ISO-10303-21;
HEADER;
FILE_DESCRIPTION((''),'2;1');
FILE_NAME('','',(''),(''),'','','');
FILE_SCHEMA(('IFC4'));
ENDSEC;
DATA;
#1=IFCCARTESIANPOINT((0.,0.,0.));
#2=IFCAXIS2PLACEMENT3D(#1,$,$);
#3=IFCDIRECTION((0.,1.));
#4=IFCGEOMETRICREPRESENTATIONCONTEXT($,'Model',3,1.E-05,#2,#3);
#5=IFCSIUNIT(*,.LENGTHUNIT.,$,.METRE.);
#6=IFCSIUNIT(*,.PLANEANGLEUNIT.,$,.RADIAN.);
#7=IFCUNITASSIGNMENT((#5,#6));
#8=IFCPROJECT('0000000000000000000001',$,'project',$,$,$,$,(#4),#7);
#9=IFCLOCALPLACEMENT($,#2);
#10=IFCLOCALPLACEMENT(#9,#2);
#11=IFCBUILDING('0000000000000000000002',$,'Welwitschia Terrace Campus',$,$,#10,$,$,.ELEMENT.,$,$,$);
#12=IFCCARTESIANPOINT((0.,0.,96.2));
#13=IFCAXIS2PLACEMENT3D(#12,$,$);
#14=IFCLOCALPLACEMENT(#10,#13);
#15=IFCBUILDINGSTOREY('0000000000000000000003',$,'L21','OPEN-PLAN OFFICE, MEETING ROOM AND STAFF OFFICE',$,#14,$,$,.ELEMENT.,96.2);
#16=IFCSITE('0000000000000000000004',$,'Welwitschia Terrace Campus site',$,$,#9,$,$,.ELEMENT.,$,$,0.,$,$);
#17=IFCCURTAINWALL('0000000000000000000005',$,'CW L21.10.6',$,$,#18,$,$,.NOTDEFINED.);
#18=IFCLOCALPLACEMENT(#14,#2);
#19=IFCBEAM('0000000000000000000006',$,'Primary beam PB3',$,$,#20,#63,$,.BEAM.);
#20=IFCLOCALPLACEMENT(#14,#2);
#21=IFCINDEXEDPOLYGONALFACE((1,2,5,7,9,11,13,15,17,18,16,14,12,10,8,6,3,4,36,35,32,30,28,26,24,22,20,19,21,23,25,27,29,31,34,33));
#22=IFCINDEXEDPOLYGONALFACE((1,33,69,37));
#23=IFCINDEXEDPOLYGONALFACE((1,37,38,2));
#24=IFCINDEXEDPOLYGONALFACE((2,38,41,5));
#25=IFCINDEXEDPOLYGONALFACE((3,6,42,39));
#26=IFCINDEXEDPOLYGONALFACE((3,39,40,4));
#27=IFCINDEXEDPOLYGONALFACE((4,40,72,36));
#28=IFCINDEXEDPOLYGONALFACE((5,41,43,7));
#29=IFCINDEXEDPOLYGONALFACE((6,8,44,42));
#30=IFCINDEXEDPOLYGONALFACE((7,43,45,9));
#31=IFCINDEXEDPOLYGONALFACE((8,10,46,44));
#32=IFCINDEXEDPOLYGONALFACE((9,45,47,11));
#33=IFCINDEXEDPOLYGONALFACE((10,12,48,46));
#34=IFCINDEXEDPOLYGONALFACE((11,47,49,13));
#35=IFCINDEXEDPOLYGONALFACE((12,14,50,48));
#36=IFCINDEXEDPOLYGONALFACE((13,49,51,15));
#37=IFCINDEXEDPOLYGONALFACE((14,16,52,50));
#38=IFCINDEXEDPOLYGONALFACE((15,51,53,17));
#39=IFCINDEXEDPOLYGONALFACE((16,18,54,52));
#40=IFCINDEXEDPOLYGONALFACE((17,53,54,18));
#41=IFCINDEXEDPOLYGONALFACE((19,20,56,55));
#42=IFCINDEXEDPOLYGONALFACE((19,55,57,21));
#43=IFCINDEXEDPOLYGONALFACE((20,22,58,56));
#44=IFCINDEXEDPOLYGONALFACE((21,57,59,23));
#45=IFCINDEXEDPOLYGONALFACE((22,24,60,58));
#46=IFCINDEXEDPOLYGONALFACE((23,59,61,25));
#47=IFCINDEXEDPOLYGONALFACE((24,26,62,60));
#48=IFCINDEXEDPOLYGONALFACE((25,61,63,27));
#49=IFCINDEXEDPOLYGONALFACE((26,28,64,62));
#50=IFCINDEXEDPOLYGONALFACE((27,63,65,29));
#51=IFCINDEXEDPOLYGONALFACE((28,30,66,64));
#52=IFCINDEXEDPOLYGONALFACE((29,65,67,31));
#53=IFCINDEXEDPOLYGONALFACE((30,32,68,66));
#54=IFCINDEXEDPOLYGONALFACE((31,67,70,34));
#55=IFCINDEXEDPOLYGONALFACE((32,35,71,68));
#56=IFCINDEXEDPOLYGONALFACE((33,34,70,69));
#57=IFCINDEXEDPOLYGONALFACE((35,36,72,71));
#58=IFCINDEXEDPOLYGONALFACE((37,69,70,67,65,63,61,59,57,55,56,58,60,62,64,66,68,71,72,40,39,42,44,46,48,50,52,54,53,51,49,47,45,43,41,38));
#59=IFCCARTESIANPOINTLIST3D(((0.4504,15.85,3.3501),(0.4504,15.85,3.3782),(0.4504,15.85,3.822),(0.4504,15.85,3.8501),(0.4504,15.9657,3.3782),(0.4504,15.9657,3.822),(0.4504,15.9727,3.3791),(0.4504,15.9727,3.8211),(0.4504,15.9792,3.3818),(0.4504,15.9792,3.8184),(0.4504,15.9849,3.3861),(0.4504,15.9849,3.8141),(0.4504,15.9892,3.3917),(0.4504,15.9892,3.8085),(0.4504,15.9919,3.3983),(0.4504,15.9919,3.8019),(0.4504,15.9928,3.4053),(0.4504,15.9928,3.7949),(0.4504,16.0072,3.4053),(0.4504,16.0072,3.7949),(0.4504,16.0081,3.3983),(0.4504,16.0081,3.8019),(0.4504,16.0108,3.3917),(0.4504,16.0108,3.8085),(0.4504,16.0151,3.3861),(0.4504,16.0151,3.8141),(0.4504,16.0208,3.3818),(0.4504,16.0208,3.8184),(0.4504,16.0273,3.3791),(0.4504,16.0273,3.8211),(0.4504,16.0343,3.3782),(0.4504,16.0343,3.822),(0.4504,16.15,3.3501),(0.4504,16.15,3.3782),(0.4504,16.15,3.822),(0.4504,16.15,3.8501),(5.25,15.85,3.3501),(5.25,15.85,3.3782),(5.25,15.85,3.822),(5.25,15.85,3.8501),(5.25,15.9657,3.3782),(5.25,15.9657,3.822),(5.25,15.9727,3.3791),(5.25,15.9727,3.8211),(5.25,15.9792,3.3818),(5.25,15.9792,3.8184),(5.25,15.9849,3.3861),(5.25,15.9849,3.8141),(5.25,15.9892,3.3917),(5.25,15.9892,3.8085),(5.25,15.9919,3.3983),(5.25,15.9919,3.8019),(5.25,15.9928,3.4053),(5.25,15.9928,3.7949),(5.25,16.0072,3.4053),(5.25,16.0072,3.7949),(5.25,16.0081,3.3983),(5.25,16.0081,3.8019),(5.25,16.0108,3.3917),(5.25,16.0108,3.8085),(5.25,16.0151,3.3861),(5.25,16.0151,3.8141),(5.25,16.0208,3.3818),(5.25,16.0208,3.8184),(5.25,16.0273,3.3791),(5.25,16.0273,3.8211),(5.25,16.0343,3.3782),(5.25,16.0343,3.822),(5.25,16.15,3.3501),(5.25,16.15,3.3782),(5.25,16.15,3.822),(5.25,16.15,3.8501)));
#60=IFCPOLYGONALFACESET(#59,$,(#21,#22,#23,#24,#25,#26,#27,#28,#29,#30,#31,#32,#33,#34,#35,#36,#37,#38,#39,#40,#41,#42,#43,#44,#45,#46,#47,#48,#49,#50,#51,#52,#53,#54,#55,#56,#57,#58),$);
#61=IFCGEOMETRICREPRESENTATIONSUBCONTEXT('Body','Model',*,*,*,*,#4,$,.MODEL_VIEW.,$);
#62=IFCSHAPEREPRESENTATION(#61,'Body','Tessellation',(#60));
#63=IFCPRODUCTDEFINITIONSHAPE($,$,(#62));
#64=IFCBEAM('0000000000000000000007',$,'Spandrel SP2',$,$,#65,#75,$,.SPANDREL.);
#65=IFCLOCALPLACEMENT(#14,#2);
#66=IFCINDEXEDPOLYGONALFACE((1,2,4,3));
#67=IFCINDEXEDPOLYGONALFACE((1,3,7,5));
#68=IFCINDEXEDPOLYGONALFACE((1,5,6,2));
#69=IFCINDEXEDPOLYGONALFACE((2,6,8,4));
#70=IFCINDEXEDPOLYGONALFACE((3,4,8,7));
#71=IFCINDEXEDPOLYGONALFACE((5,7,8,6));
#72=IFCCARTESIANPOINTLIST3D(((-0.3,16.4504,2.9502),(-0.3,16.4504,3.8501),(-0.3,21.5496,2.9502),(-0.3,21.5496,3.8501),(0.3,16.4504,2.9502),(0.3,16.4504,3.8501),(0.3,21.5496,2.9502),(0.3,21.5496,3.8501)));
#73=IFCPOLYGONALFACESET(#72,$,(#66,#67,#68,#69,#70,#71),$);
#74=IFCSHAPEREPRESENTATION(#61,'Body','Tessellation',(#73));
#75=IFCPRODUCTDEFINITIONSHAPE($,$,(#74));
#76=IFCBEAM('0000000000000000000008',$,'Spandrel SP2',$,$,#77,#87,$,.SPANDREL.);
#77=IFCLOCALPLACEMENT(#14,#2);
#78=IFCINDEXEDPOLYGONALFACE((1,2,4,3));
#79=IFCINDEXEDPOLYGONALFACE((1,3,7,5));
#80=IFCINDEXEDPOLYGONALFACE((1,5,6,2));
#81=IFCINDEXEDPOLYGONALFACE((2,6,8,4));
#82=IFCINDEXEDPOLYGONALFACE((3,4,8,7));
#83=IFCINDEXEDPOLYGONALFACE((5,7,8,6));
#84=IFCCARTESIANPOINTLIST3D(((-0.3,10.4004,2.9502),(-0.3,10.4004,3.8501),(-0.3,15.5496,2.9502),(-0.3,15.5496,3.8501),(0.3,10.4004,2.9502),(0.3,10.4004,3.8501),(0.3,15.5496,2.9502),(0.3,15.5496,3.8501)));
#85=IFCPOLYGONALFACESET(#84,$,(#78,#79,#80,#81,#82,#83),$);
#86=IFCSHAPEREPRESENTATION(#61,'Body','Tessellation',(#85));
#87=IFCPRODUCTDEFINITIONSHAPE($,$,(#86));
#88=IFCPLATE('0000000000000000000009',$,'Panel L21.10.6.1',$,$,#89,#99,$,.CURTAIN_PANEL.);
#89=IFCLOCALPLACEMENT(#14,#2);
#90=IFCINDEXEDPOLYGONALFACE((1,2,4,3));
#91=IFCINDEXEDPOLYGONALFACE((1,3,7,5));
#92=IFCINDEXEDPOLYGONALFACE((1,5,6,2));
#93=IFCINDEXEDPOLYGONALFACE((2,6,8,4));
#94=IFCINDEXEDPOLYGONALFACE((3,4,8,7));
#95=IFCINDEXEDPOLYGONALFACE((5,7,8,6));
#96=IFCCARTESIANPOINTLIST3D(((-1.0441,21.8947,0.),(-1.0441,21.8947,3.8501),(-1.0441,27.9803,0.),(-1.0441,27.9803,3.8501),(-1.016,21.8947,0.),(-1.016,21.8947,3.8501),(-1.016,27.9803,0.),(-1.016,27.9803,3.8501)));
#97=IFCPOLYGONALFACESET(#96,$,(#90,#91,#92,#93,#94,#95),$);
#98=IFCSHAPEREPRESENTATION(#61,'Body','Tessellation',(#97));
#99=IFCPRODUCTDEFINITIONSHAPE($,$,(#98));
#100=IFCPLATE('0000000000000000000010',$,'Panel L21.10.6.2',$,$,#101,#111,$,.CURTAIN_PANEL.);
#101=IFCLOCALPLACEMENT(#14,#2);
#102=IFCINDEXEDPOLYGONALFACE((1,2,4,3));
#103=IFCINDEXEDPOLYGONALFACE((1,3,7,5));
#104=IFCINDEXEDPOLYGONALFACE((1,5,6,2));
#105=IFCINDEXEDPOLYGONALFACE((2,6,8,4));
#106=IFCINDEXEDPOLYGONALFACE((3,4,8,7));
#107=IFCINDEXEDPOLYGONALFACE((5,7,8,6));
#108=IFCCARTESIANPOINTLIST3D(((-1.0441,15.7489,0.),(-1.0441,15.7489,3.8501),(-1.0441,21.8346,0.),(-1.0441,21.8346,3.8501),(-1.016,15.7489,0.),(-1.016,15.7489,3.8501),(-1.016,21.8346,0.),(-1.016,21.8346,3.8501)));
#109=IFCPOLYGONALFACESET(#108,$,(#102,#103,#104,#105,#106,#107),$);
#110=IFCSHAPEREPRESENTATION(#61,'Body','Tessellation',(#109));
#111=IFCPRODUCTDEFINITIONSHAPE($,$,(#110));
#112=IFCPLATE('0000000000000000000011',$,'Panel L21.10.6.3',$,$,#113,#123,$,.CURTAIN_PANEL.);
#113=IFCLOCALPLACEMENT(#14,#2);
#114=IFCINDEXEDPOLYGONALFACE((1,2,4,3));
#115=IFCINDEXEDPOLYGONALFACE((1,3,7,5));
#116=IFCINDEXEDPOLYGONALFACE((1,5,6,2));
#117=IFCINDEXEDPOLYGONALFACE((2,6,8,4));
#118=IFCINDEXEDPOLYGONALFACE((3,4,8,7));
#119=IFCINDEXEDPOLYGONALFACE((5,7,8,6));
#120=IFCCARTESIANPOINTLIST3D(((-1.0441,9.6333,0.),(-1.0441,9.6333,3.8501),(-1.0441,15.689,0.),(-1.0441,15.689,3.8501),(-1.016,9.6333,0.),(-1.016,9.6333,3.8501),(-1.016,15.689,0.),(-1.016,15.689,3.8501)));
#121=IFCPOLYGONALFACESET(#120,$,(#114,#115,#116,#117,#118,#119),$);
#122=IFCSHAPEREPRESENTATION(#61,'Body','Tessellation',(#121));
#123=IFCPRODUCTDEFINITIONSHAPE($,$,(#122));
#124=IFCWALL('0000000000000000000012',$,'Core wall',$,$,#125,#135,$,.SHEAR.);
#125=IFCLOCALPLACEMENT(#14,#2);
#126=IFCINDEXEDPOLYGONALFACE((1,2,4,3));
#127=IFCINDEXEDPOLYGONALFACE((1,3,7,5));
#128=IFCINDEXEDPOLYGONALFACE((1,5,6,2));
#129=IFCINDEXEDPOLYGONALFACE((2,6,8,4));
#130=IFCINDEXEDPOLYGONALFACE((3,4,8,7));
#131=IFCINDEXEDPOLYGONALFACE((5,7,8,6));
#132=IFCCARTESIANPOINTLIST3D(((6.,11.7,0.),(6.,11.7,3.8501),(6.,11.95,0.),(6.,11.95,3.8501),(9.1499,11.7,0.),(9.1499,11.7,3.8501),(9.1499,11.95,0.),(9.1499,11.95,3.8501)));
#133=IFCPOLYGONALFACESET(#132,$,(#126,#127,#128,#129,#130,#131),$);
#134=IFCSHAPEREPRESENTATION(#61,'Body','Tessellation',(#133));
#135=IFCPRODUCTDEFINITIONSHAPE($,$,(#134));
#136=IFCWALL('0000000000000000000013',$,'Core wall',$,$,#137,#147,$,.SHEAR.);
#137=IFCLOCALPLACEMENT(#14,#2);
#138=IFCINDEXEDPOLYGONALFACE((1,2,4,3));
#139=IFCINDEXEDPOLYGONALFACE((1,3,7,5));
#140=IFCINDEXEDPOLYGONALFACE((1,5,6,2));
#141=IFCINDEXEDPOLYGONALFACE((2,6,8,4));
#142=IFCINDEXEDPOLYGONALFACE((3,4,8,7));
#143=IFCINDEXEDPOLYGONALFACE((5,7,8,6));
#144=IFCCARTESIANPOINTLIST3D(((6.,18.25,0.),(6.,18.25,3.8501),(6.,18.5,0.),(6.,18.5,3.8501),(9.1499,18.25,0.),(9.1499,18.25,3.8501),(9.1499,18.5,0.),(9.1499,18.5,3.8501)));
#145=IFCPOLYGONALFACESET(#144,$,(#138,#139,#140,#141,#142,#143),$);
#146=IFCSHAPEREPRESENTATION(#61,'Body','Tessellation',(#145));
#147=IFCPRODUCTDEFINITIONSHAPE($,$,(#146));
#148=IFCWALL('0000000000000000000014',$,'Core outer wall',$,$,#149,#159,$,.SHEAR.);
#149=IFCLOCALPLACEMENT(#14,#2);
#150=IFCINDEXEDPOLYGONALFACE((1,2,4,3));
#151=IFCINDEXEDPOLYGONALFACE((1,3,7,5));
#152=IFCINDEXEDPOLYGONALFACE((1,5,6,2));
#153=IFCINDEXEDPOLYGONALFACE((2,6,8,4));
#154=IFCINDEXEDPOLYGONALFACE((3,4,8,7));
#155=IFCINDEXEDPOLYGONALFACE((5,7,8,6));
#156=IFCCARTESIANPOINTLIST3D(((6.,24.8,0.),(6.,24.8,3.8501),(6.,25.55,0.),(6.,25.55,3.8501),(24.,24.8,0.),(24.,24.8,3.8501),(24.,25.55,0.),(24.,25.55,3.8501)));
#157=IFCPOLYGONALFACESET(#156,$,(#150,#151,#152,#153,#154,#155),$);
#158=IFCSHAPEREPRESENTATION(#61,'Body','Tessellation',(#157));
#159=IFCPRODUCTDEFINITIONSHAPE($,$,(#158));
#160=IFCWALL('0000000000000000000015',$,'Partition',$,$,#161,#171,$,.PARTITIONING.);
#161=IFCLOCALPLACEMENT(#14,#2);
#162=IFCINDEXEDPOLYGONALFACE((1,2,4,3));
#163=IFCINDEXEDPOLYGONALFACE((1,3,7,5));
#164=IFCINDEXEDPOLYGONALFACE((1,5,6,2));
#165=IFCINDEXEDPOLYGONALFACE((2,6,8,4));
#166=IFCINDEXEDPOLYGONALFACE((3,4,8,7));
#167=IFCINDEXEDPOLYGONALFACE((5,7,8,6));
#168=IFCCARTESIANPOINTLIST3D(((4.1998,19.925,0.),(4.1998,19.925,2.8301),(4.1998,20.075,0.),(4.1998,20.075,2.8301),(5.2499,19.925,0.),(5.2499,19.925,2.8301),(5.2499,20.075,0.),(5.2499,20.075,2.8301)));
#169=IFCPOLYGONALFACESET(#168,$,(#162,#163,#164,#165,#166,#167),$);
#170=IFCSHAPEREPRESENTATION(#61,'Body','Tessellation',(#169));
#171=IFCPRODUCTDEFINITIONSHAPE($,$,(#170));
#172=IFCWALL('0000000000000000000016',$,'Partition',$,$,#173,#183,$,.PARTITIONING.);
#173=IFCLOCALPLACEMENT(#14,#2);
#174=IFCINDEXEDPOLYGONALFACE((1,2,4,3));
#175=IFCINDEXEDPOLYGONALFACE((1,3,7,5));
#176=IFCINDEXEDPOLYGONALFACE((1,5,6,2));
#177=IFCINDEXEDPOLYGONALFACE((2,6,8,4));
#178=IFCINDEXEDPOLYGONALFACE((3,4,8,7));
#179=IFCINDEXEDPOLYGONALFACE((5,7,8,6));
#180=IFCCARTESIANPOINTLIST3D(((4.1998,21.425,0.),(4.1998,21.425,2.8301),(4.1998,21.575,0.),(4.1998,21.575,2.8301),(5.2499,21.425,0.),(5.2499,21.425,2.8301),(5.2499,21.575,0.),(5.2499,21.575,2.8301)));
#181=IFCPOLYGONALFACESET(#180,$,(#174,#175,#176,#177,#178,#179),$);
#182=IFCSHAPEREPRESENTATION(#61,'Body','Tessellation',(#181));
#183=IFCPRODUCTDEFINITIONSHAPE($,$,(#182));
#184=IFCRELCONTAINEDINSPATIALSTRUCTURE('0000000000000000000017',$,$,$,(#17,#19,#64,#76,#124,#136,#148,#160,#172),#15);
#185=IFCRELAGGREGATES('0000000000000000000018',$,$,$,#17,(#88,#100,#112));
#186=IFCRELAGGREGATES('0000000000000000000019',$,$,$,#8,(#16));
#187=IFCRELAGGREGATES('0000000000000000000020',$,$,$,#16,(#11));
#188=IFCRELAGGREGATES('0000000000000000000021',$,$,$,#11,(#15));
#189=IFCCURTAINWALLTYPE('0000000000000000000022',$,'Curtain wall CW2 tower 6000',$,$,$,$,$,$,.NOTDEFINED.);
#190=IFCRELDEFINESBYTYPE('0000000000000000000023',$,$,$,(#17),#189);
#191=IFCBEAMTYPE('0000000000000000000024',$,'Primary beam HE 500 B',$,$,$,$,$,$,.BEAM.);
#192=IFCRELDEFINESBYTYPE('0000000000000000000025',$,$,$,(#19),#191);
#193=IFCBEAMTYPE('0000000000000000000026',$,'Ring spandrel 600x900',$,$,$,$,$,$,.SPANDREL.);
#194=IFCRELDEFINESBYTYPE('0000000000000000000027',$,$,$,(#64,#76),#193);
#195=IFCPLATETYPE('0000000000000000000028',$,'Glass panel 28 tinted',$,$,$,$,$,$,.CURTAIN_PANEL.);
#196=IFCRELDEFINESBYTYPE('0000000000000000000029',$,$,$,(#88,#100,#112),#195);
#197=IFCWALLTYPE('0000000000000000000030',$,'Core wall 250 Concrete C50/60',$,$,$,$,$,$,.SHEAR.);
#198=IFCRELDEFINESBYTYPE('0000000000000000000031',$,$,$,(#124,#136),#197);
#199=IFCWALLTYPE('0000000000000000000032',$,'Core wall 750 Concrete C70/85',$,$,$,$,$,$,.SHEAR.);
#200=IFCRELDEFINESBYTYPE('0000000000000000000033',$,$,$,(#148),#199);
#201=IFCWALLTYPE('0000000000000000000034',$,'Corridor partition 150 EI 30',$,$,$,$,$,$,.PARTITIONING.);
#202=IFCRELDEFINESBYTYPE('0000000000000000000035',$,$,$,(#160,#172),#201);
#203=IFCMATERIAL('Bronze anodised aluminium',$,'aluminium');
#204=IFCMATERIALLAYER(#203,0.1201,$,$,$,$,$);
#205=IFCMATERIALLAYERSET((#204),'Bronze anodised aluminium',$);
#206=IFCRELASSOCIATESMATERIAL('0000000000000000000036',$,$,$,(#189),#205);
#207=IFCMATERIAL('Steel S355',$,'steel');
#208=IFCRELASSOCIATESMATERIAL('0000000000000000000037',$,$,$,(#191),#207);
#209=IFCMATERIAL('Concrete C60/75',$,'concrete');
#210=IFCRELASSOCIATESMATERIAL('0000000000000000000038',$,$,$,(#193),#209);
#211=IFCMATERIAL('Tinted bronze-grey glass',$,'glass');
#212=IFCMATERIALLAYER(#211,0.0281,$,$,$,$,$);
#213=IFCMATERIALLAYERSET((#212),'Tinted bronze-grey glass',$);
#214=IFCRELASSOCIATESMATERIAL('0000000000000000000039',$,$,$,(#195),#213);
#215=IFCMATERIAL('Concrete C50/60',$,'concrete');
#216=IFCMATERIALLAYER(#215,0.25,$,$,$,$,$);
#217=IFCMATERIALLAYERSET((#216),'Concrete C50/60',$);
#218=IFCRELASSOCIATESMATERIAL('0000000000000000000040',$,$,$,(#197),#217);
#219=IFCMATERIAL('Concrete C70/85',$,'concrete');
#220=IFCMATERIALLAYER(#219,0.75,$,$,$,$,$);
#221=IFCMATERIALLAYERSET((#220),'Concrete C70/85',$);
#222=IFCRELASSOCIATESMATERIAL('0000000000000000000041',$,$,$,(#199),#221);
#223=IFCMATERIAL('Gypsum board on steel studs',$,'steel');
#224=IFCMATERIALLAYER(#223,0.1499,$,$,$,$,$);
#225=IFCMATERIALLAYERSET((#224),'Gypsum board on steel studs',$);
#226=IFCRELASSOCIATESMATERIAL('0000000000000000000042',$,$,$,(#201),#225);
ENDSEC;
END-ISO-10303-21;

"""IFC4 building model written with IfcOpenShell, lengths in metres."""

from ifc_helpers import new_model, si_unit, direction, frame, frame_2d, origin, origin_2d, place, context, subcontext, project, spatial, rectangle, i_section, extrude, material, layer, layer_set, material_profile, profile_set, type_object, element, aggregate, save


model = new_model("IFC4")

# Units and contexts
model_context = context("Model", 3, precision=1e-05, world=origin(), true_north=direction((0.0, 1.0)))
body_context = subcontext(model_context, "Body", "Model", "MODEL_VIEW")
ifc_project = project(units=[si_unit("LENGTHUNIT", "METRE"), si_unit("PLANEANGLEUNIT", "RADIAN")], contexts=[model_context])

# Site, building, storey
site_placement = place(None, origin())
site = spatial("IfcSite", under=ifc_project, at=site_placement, Name="Welwitschia Terrace Campus site", CompositionType="ELEMENT", RefElevation=0.0)
building_placement = place(site_placement, origin())
building = spatial("IfcBuilding", under=site, at=building_placement, Name="Welwitschia Terrace Campus", CompositionType="ELEMENT")
storey_placement = place(building_placement, frame((0.0, 0.0, 96.2)))
storey = spatial("IfcBuildingStorey", under=building, at=storey_placement, Name="L21", Description="OPEN-PLAN OFFICE, MEETING ROOM AND STAFF OFFICE", CompositionType="ELEMENT", Elevation=96.2)

# Curtain wall
ifc_material_1 = material(Name="Bronze anodised aluminium", Category="aluminium")
ifc_layer_1 = layer(ifc_material_1, 0.1201)
ifc_layer_set_1 = layer_set([ifc_layer_1], Name="Bronze anodised aluminium")
curtain_wall_type = type_object("IfcCurtainWallType", Name="Curtain wall CW2 tower 6000", PredefinedType="NOTDEFINED", material=ifc_layer_set_1)
curtain_wall_placement = place(storey_placement, origin())
curtain_wall = element("IfcCurtainWall", 1, at=curtain_wall_placement, inside=storey, type_object=curtain_wall_type, Name="CW L21.10.6", PredefinedType="NOTDEFINED")

# Beams
ifc_material_2 = material(Name="Steel S355", Category="steel")
ifc_material_profile_1 = material_profile(ifc_material_2, i_section(OverallWidth=0.3, OverallDepth=0.5, WebThickness=0.0144, FlangeThickness=0.0281, FilletRadius=0.0271, at=origin_2d()))
ifc_profile_set_1 = profile_set([ifc_material_profile_1], Name="Steel S355")
beam_type_1 = type_object("IfcBeamType", Name="Primary beam HE 500 B", PredefinedType="BEAM", material=ifc_profile_set_1)
beam_1_placement = place(storey_placement, frame((0.4504, 16.0, 3.6001), z_axis=(1.0, 0.0, 0.0), x_axis=(0.0, 1.0, 0.0)))
element("IfcBeam", 2, at=beam_1_placement, inside=storey, type_object=beam_type_1, Name="Primary beam PB3", PredefinedType="BEAM", context=body_context, shape_type="SweptSolid", body=[
    extrude(i_section(OverallWidth=0.3, OverallDepth=0.5, WebThickness=0.0144, FlangeThickness=0.0281, FilletRadius=0.0271, at=origin_2d()), origin(), (0.0, 0.0, 1.0), 4.7996),
])
ifc_material_3 = material(Name="Concrete C60/75", Category="concrete")
ifc_material_profile_2 = material_profile(ifc_material_3, rectangle(XDim=0.6001, YDim=0.8999, at=origin_2d()))
ifc_profile_set_2 = profile_set([ifc_material_profile_2], Name="Concrete C60/75")
beam_type_2 = type_object("IfcBeamType", Name="Ring spandrel 600x900", PredefinedType="SPANDREL", material=ifc_profile_set_2)
beam_2_placement = place(storey_placement, frame((0.0, 21.5496, 3.4001), z_axis=(0.0, -1.0, 0.0), x_axis=(1.0, 0.0, 0.0)))
element("IfcBeam", 3, at=beam_2_placement, inside=storey, type_object=beam_type_2, Name="Spandrel SP2", PredefinedType="SPANDREL", context=body_context, shape_type="SweptSolid", body=[
    extrude(rectangle(XDim=0.6001, YDim=0.8999, at=origin_2d()), origin(), (0.0, 0.0, 1.0), 5.0991),
])
beam_3_placement = place(storey_placement, frame((0.0, 15.5496, 3.4001), z_axis=(0.0, -1.0, 0.0), x_axis=(1.0, 0.0, 0.0)))
element("IfcBeam", 4, at=beam_3_placement, inside=storey, type_object=beam_type_2, Name="Spandrel SP2", PredefinedType="SPANDREL", context=body_context, shape_type="SweptSolid", body=[
    extrude(rectangle(XDim=0.6001, YDim=0.8999, at=origin_2d()), origin(), (0.0, 0.0, 1.0), 5.1492),
])

# Plates
ifc_material_4 = material(Name="Tinted bronze-grey glass", Category="glass")
ifc_layer_2 = layer(ifc_material_4, 0.0281)
ifc_layer_set_2 = layer_set([ifc_layer_2], Name="Tinted bronze-grey glass")
plate_type = type_object("IfcPlateType", Name="Glass panel 28 tinted", PredefinedType="CURTAIN_PANEL", material=ifc_layer_set_2)
plate_1_placement = place(storey_placement, frame((-1.03, 24.9375, 0.0), z_axis=(0.0, 0.0, 1.0), x_axis=(0.0, -1.0, 0.0)))
plate_1 = element("IfcPlate", 5, at=plate_1_placement, type_object=plate_type, Name="Panel L21.10.6.1", PredefinedType="CURTAIN_PANEL", context=body_context, shape_type="SweptSolid", body=[
    extrude(rectangle(XDim=6.0857, YDim=0.0281, at=origin_2d()), origin(), (0.0, 0.0, 1.0), 3.8501),
])
plate_2_placement = place(storey_placement, frame((-1.03, 18.7917, 0.0), z_axis=(0.0, 0.0, 1.0), x_axis=(0.0, -1.0, 0.0)))
plate_2 = element("IfcPlate", 6, at=plate_2_placement, type_object=plate_type, Name="Panel L21.10.6.2", PredefinedType="CURTAIN_PANEL", context=body_context, shape_type="SweptSolid", body=[
    extrude(rectangle(XDim=6.0857, YDim=0.0281, at=origin_2d()), origin(), (0.0, 0.0, 1.0), 3.8501),
])
plate_3_placement = place(storey_placement, frame((-1.03, 12.6611, 0.0), z_axis=(0.0, 0.0, 1.0), x_axis=(0.0, -1.0, 0.0)))
plate_3 = element("IfcPlate", 7, at=plate_3_placement, type_object=plate_type, Name="Panel L21.10.6.3", PredefinedType="CURTAIN_PANEL", context=body_context, shape_type="SweptSolid", body=[
    extrude(rectangle(XDim=6.0557, YDim=0.0281, at=origin_2d()), origin(), (0.0, 0.0, 1.0), 3.8501),
])
aggregate(curtain_wall, [plate_1, plate_2, plate_3])

# Walls
ifc_material_5 = material(Name="Concrete C50/60", Category="concrete")
ifc_layer_3 = layer(ifc_material_5, 0.25)
ifc_layer_set_3 = layer_set([ifc_layer_3], Name="Concrete C50/60")
wall_type_1 = type_object("IfcWallType", Name="Core wall 250 Concrete C50/60", PredefinedType="SHEAR", material=ifc_layer_set_3)
for number, where, z_axis, x_axis, name in (
    (8, (6.0, 11.825, 0.0), (0.0, 0.0, 1.0), (1.0, 0.0, 0.0), "Core wall"),
    (9, (6.0, 18.375, 0.0), (0.0, 0.0, 1.0), (1.0, 0.0, 0.0), "Core wall"),
):
    element("IfcWall", number, at=place(storey_placement, frame(where, z_axis=z_axis, x_axis=x_axis)), inside=storey, type_object=wall_type_1, Name=name, PredefinedType="SHEAR", context=body_context, shape_type="SweptSolid", body=[
        extrude(rectangle(XDim=3.1499, YDim=0.25, at=frame_2d((1.575, 0.0))), origin(), (0.0, 0.0, 1.0), 3.8501),
    ])
ifc_material_6 = material(Name="Concrete C70/85", Category="concrete")
ifc_layer_4 = layer(ifc_material_6, 0.75)
ifc_layer_set_4 = layer_set([ifc_layer_4], Name="Concrete C70/85")
wall_type_2 = type_object("IfcWallType", Name="Core wall 750 Concrete C70/85", PredefinedType="SHEAR", material=ifc_layer_set_4)
wall_placement = place(storey_placement, frame((6.0, 25.175, 0.0), z_axis=(0.0, 0.0, 1.0), x_axis=(1.0, 0.0, 0.0)))
element("IfcWall", 10, at=wall_placement, inside=storey, type_object=wall_type_2, Name="Core outer wall", PredefinedType="SHEAR", context=body_context, shape_type="SweptSolid", body=[
    extrude(rectangle(XDim=18.0, YDim=0.75, at=frame_2d((9.0, 0.0))), origin(), (0.0, 0.0, 1.0), 3.8501),
])
ifc_material_7 = material(Name="Gypsum board on steel studs", Category="steel")
ifc_layer_5 = layer(ifc_material_7, 0.1499)
ifc_layer_set_5 = layer_set([ifc_layer_5], Name="Gypsum board on steel studs")
wall_type_3 = type_object("IfcWallType", Name="Corridor partition 150 EI 30", PredefinedType="PARTITIONING", material=ifc_layer_set_5)
for number, where, z_axis, x_axis, name in (
    (11, (4.2, 20.0, 0.0), (0.0, 0.0, 1.0), (1.0, 0.0, 0.0), "Partition"),
    (12, (4.2, 21.5, 0.0), (0.0, 0.0, 1.0), (1.0, 0.0, 0.0), "Partition"),
):
    element("IfcWall", number, at=place(storey_placement, frame(where, z_axis=z_axis, x_axis=x_axis)), inside=storey, type_object=wall_type_3, Name=name, PredefinedType="PARTITIONING", context=body_context, shape_type="SweptSolid", body=[
        extrude(rectangle(XDim=1.05, YDim=0.1499, at=frame_2d((0.5249, 0.0))), origin(), (0.0, 0.0, 1.0), 2.8301),
    ])

save(model, "model.ifc")
